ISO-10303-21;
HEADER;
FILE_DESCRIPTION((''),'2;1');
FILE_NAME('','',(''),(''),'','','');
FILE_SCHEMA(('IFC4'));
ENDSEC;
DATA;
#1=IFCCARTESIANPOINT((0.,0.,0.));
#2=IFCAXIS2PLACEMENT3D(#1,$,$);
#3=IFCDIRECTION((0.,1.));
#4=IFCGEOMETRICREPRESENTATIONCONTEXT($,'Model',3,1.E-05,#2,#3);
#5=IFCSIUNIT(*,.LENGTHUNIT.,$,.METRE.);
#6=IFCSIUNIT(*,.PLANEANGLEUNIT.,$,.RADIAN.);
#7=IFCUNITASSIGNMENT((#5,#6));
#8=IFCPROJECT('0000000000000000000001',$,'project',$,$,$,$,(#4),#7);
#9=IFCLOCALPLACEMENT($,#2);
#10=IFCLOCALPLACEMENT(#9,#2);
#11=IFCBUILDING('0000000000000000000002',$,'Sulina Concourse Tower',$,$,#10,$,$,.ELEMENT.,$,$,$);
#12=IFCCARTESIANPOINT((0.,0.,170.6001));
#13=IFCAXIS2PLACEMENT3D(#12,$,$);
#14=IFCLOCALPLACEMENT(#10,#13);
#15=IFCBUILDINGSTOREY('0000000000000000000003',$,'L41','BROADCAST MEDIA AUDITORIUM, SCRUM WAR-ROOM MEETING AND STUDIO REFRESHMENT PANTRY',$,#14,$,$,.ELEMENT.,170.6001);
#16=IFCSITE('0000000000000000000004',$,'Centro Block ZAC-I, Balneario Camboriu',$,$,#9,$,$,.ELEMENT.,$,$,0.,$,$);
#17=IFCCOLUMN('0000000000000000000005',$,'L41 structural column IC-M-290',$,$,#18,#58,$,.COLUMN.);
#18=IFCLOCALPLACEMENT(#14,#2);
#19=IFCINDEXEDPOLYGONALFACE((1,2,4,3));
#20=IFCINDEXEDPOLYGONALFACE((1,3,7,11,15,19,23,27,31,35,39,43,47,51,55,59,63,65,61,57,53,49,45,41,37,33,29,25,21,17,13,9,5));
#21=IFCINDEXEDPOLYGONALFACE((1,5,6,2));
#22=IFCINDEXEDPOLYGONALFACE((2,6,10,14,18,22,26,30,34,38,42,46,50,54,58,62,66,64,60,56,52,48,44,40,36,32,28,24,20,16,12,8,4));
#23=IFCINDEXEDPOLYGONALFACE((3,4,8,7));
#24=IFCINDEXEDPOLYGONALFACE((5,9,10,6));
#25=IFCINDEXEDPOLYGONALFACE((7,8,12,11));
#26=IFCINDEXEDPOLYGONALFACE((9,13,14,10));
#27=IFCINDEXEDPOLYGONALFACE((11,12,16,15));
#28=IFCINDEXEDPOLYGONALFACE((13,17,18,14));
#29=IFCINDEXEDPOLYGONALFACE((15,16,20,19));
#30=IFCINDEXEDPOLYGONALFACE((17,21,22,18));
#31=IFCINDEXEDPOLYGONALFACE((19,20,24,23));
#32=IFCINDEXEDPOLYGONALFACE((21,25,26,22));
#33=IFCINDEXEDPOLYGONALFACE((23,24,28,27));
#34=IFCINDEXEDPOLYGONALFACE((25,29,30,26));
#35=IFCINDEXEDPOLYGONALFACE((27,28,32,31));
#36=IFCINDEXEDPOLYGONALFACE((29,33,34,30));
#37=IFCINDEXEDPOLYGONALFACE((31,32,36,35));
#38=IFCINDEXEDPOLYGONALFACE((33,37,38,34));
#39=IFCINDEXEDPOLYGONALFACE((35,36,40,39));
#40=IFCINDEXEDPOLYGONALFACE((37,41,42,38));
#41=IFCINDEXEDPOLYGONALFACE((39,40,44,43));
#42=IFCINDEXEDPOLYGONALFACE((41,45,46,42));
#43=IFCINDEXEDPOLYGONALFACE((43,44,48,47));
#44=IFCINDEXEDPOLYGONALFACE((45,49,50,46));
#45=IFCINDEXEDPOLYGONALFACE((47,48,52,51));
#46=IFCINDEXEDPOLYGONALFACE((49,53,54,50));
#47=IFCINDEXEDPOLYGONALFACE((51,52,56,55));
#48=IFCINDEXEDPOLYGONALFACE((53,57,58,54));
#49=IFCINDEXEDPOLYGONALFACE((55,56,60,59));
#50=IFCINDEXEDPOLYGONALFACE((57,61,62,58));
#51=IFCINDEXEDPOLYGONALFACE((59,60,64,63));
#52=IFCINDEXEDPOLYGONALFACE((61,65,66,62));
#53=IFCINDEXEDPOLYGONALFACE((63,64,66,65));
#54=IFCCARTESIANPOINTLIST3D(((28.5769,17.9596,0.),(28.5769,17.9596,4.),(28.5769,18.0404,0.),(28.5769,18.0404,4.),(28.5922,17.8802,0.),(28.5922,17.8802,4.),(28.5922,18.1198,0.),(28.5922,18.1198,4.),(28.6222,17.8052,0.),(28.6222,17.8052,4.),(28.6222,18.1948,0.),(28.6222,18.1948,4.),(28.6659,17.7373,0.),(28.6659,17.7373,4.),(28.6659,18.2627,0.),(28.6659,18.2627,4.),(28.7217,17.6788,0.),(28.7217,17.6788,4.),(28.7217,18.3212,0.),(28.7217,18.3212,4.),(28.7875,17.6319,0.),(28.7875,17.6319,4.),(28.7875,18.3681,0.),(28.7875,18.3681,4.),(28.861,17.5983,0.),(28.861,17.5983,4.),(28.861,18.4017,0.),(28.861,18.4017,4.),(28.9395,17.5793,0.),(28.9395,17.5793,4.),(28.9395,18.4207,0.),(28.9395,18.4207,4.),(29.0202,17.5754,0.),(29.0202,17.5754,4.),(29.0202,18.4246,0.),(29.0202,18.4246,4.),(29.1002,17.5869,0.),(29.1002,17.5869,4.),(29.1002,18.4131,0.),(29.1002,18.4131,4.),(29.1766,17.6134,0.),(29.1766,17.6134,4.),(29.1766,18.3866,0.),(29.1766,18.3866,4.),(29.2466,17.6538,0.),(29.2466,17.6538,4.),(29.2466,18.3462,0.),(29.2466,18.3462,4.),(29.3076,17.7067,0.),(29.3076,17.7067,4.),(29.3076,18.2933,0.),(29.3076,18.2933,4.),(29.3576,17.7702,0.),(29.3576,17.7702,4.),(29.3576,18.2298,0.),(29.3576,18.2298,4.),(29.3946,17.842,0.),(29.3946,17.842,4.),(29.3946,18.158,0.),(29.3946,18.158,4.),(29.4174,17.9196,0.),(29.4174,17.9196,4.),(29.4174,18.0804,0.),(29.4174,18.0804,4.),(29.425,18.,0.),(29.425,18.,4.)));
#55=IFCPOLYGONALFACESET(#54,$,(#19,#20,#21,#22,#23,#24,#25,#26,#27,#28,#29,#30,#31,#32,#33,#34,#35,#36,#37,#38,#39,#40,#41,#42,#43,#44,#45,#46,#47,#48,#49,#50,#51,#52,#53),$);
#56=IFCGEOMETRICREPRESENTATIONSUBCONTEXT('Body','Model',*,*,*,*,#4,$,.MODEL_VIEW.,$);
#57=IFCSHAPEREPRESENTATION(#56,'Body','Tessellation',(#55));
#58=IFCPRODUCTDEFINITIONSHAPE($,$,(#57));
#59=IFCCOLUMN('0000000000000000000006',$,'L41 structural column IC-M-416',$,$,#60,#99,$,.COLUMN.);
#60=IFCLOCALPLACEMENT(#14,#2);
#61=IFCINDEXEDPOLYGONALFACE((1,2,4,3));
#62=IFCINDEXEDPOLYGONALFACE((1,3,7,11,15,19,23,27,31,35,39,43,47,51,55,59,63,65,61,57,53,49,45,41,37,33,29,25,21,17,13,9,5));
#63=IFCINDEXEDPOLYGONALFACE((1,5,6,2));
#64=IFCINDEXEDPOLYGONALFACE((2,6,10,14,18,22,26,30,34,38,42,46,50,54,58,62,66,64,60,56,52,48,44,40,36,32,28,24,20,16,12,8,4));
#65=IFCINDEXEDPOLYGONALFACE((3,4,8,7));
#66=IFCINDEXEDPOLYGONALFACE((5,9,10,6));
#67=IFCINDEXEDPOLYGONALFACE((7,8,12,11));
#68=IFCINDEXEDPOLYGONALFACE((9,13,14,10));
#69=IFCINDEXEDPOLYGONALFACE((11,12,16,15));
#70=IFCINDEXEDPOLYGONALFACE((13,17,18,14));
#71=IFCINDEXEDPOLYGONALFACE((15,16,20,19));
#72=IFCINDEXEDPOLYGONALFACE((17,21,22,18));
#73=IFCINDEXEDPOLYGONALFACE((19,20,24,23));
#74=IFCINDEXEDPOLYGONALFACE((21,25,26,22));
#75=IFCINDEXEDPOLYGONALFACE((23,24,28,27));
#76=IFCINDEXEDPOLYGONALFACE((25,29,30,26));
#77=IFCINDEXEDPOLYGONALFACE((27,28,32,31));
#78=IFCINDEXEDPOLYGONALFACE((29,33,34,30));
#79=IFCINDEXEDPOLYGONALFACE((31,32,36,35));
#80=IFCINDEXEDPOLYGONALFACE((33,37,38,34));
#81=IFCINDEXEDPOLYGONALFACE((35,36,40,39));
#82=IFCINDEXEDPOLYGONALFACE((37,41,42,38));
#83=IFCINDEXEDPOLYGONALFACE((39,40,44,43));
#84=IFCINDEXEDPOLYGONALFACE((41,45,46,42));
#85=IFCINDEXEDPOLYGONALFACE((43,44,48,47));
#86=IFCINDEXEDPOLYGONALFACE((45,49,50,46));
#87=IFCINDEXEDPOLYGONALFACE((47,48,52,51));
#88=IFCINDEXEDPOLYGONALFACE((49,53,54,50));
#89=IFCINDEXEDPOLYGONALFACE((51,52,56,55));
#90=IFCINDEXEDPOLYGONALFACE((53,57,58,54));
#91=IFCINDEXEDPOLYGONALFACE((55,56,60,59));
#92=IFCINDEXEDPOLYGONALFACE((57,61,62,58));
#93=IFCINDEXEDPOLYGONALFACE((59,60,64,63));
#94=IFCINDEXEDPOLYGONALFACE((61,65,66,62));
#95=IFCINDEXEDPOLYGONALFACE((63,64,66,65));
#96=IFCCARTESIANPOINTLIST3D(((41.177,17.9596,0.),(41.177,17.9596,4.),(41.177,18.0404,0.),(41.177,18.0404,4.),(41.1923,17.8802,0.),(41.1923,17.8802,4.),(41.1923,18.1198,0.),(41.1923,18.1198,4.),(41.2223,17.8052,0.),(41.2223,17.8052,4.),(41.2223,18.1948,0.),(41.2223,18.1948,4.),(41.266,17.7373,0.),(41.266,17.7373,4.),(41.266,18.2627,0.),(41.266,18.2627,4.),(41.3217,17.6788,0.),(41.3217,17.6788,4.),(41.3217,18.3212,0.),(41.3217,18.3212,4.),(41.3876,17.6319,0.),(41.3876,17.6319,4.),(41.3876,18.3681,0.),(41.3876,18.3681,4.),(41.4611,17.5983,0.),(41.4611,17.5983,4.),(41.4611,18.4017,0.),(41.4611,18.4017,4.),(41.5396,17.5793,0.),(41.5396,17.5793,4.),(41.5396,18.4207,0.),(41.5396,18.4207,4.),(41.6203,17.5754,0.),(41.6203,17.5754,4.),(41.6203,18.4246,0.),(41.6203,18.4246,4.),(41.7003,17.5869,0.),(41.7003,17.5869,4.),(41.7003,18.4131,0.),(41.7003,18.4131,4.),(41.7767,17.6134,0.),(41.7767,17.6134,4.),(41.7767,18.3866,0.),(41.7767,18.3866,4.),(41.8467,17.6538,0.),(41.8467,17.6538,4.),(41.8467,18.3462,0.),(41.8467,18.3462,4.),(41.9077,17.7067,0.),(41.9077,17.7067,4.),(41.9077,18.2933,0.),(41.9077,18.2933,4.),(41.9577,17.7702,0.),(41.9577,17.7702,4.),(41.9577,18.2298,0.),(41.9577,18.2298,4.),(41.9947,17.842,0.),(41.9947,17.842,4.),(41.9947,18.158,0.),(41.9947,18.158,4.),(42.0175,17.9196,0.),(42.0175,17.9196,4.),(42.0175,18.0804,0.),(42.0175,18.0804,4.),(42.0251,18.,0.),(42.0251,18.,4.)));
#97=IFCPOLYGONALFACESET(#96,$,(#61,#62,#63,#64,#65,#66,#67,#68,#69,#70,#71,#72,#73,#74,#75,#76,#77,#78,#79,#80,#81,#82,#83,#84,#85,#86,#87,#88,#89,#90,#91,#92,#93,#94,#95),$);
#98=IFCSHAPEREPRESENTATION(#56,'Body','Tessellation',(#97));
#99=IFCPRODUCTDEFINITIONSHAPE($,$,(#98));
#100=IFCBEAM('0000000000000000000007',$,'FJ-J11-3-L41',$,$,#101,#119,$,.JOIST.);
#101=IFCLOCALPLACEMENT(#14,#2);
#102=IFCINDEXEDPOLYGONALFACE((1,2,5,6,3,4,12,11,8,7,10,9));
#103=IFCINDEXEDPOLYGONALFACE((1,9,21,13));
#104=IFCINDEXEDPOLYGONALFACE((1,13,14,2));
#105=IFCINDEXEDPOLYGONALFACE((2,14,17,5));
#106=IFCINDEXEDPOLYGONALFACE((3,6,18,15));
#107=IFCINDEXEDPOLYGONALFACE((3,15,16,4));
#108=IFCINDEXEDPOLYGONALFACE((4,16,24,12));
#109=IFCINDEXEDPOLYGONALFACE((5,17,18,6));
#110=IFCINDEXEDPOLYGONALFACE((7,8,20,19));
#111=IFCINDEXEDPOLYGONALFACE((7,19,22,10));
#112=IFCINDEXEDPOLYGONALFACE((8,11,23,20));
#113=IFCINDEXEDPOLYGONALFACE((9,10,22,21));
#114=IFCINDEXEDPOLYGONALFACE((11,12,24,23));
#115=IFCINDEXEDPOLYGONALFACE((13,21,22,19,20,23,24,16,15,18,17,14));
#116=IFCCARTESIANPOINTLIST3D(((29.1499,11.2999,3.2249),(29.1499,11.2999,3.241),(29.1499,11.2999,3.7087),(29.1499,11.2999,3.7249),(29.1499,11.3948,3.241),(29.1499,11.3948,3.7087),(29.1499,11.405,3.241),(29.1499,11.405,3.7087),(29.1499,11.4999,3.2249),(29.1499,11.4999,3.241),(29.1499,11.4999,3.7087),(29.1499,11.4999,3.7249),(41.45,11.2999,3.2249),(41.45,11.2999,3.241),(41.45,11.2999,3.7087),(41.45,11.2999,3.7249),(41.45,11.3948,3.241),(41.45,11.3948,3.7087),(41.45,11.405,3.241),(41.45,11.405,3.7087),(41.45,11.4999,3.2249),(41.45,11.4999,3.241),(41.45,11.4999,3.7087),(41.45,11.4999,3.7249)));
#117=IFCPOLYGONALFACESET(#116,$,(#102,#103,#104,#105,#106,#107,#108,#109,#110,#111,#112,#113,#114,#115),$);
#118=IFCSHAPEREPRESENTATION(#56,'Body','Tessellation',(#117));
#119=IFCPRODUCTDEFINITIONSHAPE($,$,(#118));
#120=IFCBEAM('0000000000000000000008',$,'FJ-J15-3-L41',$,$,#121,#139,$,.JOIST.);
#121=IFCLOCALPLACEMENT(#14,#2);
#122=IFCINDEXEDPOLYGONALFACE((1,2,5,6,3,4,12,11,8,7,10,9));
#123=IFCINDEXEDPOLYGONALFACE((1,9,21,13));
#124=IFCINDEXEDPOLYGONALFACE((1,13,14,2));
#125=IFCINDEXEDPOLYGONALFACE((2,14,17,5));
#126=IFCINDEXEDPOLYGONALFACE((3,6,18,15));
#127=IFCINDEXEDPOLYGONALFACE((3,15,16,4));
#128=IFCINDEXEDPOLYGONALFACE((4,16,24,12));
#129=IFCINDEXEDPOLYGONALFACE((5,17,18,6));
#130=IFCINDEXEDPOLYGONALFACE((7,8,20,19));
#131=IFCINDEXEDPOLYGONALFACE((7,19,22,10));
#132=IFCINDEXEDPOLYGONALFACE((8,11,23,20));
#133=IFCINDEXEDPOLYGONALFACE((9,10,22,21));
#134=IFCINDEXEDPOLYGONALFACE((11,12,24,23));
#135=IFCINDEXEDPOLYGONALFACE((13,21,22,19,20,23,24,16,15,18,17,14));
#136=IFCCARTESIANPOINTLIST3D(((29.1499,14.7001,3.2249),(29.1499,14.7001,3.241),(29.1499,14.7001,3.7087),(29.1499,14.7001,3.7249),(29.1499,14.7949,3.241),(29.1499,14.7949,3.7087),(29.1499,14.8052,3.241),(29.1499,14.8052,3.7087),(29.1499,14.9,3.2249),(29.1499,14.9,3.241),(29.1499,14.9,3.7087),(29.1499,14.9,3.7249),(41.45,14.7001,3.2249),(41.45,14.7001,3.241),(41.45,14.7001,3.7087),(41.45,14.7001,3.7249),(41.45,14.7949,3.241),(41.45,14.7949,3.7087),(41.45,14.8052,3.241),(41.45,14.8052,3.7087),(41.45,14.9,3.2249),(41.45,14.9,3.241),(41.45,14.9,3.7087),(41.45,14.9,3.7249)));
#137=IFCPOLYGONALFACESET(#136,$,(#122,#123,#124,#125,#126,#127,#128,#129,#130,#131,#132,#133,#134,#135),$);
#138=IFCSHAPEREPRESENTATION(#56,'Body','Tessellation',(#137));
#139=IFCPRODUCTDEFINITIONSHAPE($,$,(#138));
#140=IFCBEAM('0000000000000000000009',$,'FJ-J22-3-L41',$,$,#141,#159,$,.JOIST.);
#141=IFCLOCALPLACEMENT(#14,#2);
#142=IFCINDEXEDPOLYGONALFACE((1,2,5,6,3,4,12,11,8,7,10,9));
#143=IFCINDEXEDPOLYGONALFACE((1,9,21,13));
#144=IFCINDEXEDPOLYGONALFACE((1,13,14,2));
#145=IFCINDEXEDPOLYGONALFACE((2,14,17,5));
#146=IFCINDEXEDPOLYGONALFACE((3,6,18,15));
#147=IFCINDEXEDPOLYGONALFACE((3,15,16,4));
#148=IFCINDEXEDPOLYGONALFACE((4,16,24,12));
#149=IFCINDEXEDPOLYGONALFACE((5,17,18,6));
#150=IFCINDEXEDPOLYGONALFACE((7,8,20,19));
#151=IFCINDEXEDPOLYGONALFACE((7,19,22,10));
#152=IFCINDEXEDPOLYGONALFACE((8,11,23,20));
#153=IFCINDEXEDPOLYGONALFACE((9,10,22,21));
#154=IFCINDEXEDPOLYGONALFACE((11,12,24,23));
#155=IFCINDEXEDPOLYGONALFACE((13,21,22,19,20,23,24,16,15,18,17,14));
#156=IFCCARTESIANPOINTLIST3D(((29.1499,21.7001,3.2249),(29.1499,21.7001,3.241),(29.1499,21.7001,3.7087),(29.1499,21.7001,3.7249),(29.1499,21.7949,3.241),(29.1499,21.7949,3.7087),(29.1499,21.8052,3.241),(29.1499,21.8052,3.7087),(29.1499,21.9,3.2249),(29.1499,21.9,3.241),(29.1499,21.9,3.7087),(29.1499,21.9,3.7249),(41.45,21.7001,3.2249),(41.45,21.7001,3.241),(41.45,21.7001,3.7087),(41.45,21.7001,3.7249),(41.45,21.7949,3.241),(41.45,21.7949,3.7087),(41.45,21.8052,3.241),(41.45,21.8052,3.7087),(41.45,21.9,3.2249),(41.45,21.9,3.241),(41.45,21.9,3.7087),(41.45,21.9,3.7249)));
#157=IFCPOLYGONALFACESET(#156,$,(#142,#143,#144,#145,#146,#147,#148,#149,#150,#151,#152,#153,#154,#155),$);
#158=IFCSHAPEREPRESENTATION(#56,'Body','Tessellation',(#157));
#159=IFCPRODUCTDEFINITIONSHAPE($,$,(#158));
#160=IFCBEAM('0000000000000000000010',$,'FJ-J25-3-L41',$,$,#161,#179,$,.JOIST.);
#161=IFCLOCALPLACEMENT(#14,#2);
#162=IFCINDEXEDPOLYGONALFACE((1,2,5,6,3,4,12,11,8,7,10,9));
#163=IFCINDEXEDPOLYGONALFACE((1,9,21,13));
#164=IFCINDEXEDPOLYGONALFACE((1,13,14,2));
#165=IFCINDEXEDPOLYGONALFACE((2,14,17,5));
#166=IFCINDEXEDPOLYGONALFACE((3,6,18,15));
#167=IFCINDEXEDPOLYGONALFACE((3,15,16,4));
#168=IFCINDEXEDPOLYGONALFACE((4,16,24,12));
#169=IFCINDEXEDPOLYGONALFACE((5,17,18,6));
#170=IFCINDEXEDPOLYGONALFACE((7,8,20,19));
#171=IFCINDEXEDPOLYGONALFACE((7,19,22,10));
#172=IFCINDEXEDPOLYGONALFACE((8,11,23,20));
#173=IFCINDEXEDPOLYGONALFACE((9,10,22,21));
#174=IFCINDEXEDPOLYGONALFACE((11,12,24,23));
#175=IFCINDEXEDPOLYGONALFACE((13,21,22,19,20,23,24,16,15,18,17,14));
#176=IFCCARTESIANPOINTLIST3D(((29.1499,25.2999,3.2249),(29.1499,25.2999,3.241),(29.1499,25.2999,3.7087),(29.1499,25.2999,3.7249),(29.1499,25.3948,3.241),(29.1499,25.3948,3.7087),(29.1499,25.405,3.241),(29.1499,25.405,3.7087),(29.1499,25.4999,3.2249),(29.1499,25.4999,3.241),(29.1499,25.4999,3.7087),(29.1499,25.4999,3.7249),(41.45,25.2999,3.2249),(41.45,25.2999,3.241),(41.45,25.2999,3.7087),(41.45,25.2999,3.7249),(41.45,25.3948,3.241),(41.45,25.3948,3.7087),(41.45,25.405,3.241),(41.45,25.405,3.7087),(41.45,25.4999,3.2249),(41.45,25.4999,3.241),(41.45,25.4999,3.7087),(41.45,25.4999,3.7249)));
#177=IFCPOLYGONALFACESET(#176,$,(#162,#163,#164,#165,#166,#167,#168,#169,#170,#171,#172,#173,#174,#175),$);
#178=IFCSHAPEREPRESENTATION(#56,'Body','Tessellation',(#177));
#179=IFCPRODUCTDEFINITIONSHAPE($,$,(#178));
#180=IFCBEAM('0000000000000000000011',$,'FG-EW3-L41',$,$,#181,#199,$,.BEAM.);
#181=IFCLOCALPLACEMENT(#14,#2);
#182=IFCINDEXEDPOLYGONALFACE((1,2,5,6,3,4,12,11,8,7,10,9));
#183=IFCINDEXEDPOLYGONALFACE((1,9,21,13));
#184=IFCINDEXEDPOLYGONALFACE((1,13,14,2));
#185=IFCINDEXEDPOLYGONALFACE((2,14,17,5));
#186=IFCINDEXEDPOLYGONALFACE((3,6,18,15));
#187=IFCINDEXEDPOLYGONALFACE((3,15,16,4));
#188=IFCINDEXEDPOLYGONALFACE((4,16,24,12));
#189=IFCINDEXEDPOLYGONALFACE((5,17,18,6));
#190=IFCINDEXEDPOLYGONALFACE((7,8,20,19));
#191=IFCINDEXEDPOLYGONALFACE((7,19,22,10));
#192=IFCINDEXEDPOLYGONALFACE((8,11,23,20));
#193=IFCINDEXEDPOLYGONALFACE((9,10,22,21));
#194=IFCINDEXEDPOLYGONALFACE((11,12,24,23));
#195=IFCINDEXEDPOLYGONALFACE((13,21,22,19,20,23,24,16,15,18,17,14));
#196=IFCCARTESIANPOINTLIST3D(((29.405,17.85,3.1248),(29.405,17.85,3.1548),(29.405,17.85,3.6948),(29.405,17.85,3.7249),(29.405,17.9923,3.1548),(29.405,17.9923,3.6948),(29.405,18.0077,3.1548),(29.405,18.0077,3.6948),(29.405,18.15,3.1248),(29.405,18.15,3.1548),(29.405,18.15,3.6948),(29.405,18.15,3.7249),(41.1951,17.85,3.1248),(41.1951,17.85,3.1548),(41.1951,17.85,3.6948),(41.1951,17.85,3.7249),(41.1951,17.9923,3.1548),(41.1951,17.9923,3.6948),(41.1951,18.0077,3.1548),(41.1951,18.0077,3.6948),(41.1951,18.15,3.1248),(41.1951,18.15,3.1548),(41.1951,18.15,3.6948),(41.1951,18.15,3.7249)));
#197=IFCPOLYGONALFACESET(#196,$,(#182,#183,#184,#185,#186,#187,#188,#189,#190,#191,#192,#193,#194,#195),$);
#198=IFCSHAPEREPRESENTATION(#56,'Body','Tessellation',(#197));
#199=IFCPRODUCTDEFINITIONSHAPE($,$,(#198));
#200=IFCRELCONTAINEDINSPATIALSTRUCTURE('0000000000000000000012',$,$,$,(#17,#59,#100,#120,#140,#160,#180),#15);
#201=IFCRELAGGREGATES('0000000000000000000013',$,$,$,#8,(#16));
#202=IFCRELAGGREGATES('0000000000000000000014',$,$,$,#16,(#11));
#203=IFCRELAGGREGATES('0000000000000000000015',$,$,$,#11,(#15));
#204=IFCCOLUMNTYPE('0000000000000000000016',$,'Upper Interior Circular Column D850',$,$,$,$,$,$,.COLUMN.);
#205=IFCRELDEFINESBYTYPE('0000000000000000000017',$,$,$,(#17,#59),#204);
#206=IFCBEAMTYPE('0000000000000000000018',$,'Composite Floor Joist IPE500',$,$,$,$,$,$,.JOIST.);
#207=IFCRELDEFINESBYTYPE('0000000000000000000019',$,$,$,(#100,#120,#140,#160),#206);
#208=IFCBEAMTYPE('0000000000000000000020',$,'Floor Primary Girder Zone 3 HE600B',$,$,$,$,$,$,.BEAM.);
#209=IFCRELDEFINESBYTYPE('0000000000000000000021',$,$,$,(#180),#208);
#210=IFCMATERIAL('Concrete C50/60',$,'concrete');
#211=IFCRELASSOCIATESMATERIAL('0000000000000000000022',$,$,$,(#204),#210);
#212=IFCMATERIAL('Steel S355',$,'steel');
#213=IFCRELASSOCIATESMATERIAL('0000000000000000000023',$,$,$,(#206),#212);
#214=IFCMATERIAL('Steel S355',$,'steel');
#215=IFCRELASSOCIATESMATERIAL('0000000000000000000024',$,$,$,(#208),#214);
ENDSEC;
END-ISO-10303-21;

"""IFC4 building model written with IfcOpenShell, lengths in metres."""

from ifc_helpers import new_model, si_unit, direction, frame, origin, origin_2d, place, context, subcontext, project, spatial, circle, i_section, extrude, material, material_profile, profile_set, type_object, element, save


model = new_model("IFC4")

# Units and contexts
model_context = context("Model", 3, precision=1e-05, world=origin(), true_north=direction((0.0, 1.0)))
body_context = subcontext(model_context, "Body", "Model", "MODEL_VIEW")
ifc_project = project(units=[si_unit("LENGTHUNIT", "METRE"), si_unit("PLANEANGLEUNIT", "RADIAN")], contexts=[model_context])

# Site, building, storey
site_placement = place(None, origin())
site = spatial("IfcSite", under=ifc_project, at=site_placement, Name="Centro Block ZAC-I, Balneario Camboriu", CompositionType="ELEMENT", RefElevation=0.0)
building_placement = place(site_placement, origin())
building = spatial("IfcBuilding", under=site, at=building_placement, Name="Sulina Concourse Tower", CompositionType="ELEMENT")
storey_placement = place(building_placement, frame((0.0, 0.0, 170.6001)))
storey = spatial("IfcBuildingStorey", under=building, at=storey_placement, Name="L41", Description="BROADCAST MEDIA AUDITORIUM, SCRUM WAR-ROOM MEETING AND STUDIO REFRESHMENT PANTRY", CompositionType="ELEMENT", Elevation=170.6001)

# Columns
ifc_material_1 = material(Name="Concrete C50/60", Category="concrete")
ifc_material_profile_1 = material_profile(ifc_material_1, circle(Radius=0.425, at=origin_2d()), Name="RC D850")
ifc_profile_set_1 = profile_set([ifc_material_profile_1], Name="Concrete C50/60")
column_type = type_object("IfcColumnType", Name="Upper Interior Circular Column D850", PredefinedType="COLUMN", material=ifc_profile_set_1)
for number, where, z_axis, x_axis, name in (
    (1, (29.0, 18.0, 0.0), (0.0, 0.0, 1.0), (1.0, 0.0, 0.0), "L41 structural column IC-M-290"),
    (2, (41.6001, 18.0, 0.0), (0.0, 0.0, 1.0), (1.0, 0.0, 0.0), "L41 structural column IC-M-416"),
):
    element("IfcColumn", number, at=place(storey_placement, frame(where, z_axis=z_axis, x_axis=x_axis)), inside=storey, type_object=column_type, Name=name, PredefinedType="COLUMN", context=body_context, shape_type="SweptSolid", body=[
        extrude(circle(Radius=0.425, at=origin_2d()), origin(), (0.0, 0.0, 1.0), 4.0),
    ])

# Beams
ifc_material_2 = material(Name="Steel S355", Category="steel")
ifc_material_profile_2 = material_profile(ifc_material_2, i_section(OverallWidth=0.2, OverallDepth=0.5, WebThickness=0.0103, FlangeThickness=0.0161, at=origin_2d()), Name="IPE 500")
ifc_profile_set_2 = profile_set([ifc_material_profile_2], Name="Steel S355")
beam_type_1 = type_object("IfcBeamType", Name="Composite Floor Joist IPE500", PredefinedType="JOIST", material=ifc_profile_set_2)
for number, where, z_axis, x_axis, name in (
    (3, (29.1499, 11.3999, 3.4749), (1.0, 0.0, 0.0), (0.0, 1.0, 0.0), "FJ-J11-3-L41"),
    (4, (29.1499, 14.8, 3.4749), (1.0, 0.0, 0.0), (0.0, 1.0, 0.0), "FJ-J15-3-L41"),
    (5, (29.1499, 21.8, 3.4749), (1.0, 0.0, 0.0), (0.0, 1.0, 0.0), "FJ-J22-3-L41"),
    (6, (29.1499, 25.3999, 3.4749), (1.0, 0.0, 0.0), (0.0, 1.0, 0.0), "FJ-J25-3-L41"),
):
    element("IfcBeam", number, at=place(storey_placement, frame(where, z_axis=z_axis, x_axis=x_axis)), inside=storey, type_object=beam_type_1, Name=name, PredefinedType="JOIST", context=body_context, shape_type="SweptSolid", body=[
        extrude(i_section(OverallWidth=0.2, OverallDepth=0.5, WebThickness=0.0103, FlangeThickness=0.0161, at=origin_2d()), origin(), (0.0, 0.0, 1.0), 12.3),
    ])
ifc_material_3 = material(Name="Steel S355", Category="steel")
ifc_material_profile_3 = material_profile(ifc_material_3, i_section(OverallWidth=0.3, OverallDepth=0.6001, WebThickness=0.0154, FlangeThickness=0.03, at=origin_2d()), Name="HE 600 B")
ifc_profile_set_3 = profile_set([ifc_material_profile_3], Name="Steel S355")
beam_type_2 = type_object("IfcBeamType", Name="Floor Primary Girder Zone 3 HE600B", PredefinedType="BEAM", material=ifc_profile_set_3)
beam_1_placement = place(storey_placement, frame((29.405, 18.0, 3.4248), z_axis=(1.0, 0.0, 0.0), x_axis=(0.0, 1.0, 0.0)))
element("IfcBeam", 7, at=beam_1_placement, inside=storey, type_object=beam_type_2, Name="FG-EW3-L41", PredefinedType="BEAM", context=body_context, shape_type="SweptSolid", body=[
    extrude(i_section(OverallWidth=0.3, OverallDepth=0.6001, WebThickness=0.0154, FlangeThickness=0.03, at=origin_2d()), origin(), (0.0, 0.0, 1.0), 11.79),
])

save(model, "model.ifc")
